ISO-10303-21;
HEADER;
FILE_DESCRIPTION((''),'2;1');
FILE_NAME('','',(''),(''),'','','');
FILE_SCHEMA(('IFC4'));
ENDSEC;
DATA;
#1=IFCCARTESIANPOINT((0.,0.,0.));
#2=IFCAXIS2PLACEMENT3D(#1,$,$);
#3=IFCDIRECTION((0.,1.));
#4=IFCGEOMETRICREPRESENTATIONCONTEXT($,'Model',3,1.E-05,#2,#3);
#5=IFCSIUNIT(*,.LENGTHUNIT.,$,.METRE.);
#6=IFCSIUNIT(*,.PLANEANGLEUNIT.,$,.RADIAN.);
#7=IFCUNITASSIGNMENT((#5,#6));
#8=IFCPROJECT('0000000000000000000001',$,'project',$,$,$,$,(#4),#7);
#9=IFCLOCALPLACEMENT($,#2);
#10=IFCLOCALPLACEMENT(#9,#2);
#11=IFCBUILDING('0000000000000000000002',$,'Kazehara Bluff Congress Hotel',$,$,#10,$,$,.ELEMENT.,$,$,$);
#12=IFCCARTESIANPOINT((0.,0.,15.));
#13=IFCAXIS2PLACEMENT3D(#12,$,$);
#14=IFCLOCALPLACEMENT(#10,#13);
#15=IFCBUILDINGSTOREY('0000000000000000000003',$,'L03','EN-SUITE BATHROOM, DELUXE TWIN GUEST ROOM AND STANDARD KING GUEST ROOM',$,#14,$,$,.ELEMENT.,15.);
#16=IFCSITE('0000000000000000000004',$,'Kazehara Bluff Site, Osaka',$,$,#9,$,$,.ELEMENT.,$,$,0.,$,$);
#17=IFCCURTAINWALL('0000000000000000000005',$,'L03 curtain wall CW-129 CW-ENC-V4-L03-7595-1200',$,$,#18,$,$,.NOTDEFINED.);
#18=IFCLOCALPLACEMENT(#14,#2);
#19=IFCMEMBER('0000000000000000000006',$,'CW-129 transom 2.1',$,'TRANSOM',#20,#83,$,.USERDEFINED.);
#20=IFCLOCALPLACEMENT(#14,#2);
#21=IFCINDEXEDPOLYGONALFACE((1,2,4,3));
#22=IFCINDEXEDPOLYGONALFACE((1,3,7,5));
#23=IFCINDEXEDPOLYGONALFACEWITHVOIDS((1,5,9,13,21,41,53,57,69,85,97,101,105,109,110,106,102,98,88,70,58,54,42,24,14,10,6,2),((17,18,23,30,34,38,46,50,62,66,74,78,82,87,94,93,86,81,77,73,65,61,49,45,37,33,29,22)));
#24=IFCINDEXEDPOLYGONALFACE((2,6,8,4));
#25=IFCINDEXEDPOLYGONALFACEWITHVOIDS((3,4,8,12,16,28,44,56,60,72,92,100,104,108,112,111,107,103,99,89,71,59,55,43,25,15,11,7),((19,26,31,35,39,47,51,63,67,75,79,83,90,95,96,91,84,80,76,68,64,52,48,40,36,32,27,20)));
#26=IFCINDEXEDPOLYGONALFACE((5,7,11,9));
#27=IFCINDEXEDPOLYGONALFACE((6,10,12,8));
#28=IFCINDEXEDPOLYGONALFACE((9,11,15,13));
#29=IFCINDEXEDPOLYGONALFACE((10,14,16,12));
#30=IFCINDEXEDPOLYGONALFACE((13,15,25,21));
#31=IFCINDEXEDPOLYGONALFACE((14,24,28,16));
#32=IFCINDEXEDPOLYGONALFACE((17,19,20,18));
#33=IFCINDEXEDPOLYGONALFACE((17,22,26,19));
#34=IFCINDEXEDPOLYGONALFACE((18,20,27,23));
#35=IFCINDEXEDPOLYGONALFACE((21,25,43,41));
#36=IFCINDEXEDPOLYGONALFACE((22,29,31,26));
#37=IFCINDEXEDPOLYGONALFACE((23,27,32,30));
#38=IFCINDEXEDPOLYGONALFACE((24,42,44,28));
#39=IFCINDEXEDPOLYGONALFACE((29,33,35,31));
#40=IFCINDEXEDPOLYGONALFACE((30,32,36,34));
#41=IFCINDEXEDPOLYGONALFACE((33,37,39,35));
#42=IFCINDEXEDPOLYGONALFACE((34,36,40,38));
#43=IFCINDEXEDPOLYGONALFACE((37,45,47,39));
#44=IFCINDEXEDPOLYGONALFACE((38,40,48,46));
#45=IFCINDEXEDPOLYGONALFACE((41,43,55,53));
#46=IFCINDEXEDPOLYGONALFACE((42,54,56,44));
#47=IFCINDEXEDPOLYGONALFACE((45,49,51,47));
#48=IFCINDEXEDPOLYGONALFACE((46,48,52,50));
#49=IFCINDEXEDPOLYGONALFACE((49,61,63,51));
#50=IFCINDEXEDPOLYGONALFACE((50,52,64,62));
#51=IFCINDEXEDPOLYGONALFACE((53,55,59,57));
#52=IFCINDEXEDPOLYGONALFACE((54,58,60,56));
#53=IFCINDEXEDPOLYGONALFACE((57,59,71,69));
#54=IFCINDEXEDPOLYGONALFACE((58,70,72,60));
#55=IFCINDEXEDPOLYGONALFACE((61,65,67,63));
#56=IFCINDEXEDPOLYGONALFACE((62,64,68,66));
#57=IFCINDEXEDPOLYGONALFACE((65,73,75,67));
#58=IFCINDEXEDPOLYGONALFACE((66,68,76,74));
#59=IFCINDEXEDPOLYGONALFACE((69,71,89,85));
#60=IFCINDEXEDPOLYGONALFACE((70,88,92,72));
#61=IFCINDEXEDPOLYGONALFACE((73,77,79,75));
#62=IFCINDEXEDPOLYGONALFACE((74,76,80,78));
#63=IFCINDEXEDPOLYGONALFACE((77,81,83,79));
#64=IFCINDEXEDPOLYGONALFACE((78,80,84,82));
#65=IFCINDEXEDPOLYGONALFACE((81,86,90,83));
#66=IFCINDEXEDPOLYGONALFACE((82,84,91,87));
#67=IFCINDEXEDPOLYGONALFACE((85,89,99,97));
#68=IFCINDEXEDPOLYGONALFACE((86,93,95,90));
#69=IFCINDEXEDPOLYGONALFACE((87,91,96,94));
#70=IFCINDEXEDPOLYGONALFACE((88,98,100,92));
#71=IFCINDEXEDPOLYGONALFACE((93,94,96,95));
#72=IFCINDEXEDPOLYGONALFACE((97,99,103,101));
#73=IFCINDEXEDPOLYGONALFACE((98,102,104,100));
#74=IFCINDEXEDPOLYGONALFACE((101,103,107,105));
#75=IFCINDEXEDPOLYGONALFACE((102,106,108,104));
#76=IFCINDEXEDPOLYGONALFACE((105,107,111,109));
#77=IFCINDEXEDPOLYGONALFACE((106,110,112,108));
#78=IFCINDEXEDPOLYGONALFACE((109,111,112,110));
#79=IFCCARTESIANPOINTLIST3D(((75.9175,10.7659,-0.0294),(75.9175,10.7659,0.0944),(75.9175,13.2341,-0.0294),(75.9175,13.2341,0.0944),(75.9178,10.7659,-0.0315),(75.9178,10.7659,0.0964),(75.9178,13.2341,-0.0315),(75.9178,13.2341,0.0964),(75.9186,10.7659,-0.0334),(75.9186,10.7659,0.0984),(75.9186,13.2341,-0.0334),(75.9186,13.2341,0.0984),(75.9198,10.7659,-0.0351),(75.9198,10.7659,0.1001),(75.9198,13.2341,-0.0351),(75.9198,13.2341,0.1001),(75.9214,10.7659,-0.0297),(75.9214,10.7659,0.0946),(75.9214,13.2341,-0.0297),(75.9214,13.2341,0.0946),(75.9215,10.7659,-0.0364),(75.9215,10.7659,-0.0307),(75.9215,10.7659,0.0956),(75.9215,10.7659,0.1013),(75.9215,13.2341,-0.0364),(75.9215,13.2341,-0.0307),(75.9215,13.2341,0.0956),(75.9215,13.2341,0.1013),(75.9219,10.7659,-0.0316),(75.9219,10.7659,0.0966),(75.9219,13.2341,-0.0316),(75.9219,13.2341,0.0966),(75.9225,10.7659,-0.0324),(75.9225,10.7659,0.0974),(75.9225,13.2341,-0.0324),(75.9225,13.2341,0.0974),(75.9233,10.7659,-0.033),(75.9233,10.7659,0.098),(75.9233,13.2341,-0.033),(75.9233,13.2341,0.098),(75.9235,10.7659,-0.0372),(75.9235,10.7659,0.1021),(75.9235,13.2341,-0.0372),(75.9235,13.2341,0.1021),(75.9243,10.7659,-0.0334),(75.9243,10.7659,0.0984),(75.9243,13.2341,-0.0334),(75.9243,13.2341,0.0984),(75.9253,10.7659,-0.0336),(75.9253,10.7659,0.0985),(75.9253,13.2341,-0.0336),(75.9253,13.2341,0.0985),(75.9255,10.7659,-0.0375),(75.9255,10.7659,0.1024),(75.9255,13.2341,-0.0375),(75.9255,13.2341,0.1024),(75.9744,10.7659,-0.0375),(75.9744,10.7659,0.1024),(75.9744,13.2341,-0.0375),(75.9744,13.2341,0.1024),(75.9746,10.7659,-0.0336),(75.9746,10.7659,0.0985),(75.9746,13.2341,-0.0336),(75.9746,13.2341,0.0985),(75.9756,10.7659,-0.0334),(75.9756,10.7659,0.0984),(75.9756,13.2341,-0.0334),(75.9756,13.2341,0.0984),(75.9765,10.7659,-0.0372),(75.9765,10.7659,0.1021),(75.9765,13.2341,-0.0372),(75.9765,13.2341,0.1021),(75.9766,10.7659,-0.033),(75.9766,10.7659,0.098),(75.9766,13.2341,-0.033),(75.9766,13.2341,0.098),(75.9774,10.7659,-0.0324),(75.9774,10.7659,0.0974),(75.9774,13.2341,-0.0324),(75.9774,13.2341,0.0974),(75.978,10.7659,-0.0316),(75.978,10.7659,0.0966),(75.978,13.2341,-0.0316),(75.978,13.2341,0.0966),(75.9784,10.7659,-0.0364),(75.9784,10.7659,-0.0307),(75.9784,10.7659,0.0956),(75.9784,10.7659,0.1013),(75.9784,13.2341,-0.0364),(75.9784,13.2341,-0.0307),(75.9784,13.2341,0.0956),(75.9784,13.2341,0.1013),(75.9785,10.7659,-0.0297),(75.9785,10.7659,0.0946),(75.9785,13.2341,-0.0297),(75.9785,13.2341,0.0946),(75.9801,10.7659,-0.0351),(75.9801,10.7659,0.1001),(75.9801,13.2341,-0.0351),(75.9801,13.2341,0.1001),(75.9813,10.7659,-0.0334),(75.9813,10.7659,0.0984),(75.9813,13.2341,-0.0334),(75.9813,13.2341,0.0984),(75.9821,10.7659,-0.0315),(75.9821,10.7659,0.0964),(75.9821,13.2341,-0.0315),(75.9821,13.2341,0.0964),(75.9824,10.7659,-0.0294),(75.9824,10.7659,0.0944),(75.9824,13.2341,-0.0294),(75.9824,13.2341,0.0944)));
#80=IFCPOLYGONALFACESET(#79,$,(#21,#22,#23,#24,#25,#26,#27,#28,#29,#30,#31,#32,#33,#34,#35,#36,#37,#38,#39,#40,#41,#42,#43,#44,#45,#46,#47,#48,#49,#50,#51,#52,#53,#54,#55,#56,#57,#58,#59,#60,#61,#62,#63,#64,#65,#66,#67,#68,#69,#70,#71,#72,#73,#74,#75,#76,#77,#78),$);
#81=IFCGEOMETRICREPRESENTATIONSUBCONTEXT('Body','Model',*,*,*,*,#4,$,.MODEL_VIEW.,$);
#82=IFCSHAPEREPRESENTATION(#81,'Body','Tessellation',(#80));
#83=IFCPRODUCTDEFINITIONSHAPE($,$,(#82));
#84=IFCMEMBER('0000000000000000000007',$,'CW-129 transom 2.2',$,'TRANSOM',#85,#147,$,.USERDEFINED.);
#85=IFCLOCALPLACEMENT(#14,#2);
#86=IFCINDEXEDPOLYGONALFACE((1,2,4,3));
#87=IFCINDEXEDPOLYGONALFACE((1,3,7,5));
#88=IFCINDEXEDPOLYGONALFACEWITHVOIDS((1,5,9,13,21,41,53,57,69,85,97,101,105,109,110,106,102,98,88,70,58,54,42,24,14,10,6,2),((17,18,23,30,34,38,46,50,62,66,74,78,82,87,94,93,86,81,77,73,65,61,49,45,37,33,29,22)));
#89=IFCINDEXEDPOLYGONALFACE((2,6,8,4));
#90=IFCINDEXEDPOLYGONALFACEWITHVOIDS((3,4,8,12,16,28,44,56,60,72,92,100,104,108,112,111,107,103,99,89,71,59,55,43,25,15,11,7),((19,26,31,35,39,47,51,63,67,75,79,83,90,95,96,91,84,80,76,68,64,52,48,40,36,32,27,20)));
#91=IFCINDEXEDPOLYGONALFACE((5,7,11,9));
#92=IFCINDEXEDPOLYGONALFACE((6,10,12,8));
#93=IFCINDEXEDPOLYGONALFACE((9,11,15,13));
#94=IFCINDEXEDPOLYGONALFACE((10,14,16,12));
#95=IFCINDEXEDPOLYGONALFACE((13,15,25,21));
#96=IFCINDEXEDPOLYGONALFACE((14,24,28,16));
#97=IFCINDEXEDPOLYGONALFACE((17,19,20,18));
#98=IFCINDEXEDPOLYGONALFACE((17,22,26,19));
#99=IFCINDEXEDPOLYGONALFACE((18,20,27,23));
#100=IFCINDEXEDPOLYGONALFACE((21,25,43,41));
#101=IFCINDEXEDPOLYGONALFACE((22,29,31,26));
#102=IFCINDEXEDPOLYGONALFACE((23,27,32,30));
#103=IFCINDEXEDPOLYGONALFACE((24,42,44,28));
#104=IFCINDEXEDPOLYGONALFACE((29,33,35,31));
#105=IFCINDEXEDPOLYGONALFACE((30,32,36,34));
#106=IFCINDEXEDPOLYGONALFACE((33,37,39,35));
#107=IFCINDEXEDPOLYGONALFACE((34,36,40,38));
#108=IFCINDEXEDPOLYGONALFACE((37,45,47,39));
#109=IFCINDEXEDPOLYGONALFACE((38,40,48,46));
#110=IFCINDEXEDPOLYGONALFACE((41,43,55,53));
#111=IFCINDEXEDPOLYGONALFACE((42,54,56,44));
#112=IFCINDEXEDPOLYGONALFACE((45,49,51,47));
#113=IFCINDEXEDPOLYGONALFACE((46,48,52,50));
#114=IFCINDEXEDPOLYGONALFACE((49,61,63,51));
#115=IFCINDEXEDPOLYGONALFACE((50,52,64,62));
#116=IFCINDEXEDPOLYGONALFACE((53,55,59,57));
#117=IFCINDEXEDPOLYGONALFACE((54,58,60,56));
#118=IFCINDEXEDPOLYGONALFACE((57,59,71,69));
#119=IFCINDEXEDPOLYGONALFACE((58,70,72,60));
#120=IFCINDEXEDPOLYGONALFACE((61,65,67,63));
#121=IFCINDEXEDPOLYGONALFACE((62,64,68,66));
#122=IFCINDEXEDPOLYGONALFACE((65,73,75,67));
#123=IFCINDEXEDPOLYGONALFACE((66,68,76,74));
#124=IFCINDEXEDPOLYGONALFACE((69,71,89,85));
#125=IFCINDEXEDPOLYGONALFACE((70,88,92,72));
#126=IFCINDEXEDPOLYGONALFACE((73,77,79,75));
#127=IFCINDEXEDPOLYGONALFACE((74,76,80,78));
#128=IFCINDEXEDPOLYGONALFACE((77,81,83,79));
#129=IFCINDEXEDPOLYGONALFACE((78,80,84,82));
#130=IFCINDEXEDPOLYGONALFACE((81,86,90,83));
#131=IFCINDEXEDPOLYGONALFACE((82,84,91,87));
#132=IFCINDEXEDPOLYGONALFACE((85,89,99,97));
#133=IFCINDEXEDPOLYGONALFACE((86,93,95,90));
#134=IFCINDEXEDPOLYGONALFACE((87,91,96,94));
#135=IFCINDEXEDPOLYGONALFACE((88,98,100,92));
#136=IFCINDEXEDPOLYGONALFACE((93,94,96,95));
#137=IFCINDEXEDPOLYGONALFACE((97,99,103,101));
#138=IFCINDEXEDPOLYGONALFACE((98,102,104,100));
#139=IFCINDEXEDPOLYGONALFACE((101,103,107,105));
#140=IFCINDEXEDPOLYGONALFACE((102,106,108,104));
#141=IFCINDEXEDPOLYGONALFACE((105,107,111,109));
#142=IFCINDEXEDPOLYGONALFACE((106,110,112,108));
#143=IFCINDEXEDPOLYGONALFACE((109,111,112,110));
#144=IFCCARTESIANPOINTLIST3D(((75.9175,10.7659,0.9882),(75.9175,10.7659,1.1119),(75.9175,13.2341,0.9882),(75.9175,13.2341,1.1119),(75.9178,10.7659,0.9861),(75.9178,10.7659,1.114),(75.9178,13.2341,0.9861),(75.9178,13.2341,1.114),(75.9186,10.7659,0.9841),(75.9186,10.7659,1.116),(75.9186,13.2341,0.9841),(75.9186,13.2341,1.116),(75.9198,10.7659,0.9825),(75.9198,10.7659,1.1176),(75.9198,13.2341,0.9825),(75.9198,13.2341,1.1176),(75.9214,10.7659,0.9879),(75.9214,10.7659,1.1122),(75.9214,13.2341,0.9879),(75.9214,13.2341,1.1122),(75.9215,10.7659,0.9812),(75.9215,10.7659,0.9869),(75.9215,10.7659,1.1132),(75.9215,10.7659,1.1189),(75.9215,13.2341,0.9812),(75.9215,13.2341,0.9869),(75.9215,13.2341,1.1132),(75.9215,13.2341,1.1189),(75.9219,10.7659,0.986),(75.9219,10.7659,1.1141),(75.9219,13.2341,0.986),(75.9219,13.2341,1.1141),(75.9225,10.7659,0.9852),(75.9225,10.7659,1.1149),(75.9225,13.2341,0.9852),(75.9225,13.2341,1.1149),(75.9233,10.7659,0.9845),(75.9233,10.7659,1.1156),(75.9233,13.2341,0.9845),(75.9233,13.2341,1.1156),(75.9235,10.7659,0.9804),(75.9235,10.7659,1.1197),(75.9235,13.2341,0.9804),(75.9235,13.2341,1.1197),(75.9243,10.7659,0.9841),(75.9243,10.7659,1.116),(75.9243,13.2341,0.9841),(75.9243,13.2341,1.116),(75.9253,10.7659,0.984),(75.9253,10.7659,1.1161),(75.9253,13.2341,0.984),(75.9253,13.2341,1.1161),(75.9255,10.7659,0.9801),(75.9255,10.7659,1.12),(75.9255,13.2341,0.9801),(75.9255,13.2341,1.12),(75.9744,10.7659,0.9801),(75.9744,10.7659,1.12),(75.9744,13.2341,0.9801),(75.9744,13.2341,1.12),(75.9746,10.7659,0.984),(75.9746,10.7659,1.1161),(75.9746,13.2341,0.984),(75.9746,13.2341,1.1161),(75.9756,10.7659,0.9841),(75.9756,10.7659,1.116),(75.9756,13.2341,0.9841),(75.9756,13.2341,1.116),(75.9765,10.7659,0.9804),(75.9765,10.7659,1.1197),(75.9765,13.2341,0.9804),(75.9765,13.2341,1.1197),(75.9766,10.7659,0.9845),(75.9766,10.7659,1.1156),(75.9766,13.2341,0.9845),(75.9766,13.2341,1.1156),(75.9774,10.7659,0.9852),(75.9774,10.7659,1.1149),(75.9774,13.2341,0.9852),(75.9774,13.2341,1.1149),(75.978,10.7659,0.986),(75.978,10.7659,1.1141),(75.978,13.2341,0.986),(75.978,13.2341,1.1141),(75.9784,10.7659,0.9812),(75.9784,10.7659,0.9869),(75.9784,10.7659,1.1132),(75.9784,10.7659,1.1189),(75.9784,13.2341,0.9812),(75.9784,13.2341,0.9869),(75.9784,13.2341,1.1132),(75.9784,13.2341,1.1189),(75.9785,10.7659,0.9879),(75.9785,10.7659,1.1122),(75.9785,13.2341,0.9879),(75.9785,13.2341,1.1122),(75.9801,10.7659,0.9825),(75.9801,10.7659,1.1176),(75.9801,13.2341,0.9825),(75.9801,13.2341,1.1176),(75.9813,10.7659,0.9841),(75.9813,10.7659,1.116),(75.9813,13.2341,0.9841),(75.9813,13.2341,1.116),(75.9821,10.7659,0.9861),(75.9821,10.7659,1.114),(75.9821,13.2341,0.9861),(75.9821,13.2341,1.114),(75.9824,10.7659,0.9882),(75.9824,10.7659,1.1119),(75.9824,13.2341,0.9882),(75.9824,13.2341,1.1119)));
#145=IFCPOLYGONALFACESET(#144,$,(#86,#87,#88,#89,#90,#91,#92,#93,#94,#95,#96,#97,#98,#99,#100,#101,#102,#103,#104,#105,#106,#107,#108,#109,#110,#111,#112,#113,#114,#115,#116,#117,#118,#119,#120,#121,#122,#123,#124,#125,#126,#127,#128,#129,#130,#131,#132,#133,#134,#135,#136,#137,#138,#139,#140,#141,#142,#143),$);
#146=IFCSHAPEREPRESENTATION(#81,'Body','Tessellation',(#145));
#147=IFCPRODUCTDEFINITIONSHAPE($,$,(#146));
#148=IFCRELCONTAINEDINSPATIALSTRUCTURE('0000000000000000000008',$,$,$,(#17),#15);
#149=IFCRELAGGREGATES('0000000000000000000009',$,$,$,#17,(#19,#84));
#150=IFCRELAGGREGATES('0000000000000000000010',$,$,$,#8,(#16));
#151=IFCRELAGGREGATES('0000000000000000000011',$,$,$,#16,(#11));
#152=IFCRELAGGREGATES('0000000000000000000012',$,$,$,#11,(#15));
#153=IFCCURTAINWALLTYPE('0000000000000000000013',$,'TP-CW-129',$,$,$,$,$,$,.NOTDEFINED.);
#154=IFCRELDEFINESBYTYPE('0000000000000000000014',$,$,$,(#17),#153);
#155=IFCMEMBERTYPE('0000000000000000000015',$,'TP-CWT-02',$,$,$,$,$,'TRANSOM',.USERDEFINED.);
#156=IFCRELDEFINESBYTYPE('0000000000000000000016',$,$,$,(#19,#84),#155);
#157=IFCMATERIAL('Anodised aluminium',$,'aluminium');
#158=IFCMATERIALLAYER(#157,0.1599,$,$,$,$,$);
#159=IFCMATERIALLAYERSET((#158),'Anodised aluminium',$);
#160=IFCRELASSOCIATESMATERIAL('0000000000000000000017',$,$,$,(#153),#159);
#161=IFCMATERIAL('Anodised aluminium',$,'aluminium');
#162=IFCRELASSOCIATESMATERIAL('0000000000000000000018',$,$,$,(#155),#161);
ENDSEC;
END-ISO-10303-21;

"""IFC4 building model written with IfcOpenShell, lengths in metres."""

from ifc_helpers import new_model, si_unit, direction, frame, origin, origin_2d, place, context, subcontext, project, spatial, hollow_rectangle, extrude, material, layer, layer_set, material_profile, profile_set, type_object, element, aggregate, save


model = new_model("IFC4")

# Units and contexts
model_context = context("Model", 3, precision=1e-05, world=origin(), true_north=direction((0.0, 1.0)))
body_context = subcontext(model_context, "Body", "Model", "MODEL_VIEW")
ifc_project = project(units=[si_unit("LENGTHUNIT", "METRE"), si_unit("PLANEANGLEUNIT", "RADIAN")], contexts=[model_context])

# Site, building, storey
site_placement = place(None, origin())
site = spatial("IfcSite", under=ifc_project, at=site_placement, Name="Kazehara Bluff Site, Osaka", CompositionType="ELEMENT", RefElevation=0.0)
building_placement = place(site_placement, origin())
building = spatial("IfcBuilding", under=site, at=building_placement, Name="Kazehara Bluff Congress Hotel", CompositionType="ELEMENT")
storey_placement = place(building_placement, frame((0.0, 0.0, 15.0)))
storey = spatial("IfcBuildingStorey", under=building, at=storey_placement, Name="L03", Description="EN-SUITE BATHROOM, DELUXE TWIN GUEST ROOM AND STANDARD KING GUEST ROOM", CompositionType="ELEMENT", Elevation=15.0)

# Curtain wall, members
ifc_material_1 = material(Name="Anodised aluminium", Category="aluminium")
ifc_layer_1 = layer(ifc_material_1, 0.1599)
ifc_layer_set_1 = layer_set([ifc_layer_1], Name="Anodised aluminium")
curtain_wall_type = type_object("IfcCurtainWallType", Name="TP-CW-129", PredefinedType="NOTDEFINED", material=ifc_layer_set_1)
curtain_wall_placement = place(storey_placement, origin())
curtain_wall = element("IfcCurtainWall", 1, at=curtain_wall_placement, inside=storey, type_object=curtain_wall_type, Name="L03 curtain wall CW-129 CW-ENC-V4-L03-7595-1200", PredefinedType="NOTDEFINED")
ifc_material_2 = material(Name="Anodised aluminium", Category="aluminium")
ifc_material_profile_1 = material_profile(ifc_material_2, hollow_rectangle(XDim=0.0649, YDim=0.1399, WallThickness=0.0039, InnerFilletRadius=0.0039, OuterFilletRadius=0.0081, at=origin_2d()))
ifc_profile_set_1 = profile_set([ifc_material_profile_1], Name="Anodised aluminium")
member_type_1 = type_object("IfcMemberType", Name="TP-CWT-02", ElementType="TRANSOM", PredefinedType="USERDEFINED", material=ifc_profile_set_1)
member_1_placement = place(storey_placement, frame((75.95, 13.2341, 0.0325), z_axis=(0.0, -1.0, 0.0), x_axis=(1.0, 0.0, 0.0)))
member_1 = element("IfcMember", 2, at=member_1_placement, type_object=member_type_1, Name="CW-129 transom 2.1", ObjectType="TRANSOM", PredefinedType="USERDEFINED", context=body_context, shape_type="SweptSolid", body=[
    extrude(hollow_rectangle(XDim=0.0649, YDim=0.1399, WallThickness=0.0039, InnerFilletRadius=0.0039, OuterFilletRadius=0.0081, at=origin_2d()), origin(), (0.0, 0.0, 1.0), 2.4683),
])
member_2_placement = place(storey_placement, frame((75.95, 13.2341, 1.05), z_axis=(0.0, -1.0, 0.0), x_axis=(1.0, 0.0, 0.0)))
member_2 = element("IfcMember", 3, at=member_2_placement, type_object=member_type_1, Name="CW-129 transom 2.2", ObjectType="TRANSOM", PredefinedType="USERDEFINED", context=body_context, shape_type="SweptSolid", body=[
    extrude(hollow_rectangle(XDim=0.0649, YDim=0.1399, WallThickness=0.0039, InnerFilletRadius=0.0039, OuterFilletRadius=0.0081, at=origin_2d()), origin(), (0.0, 0.0, 1.0), 2.4683),
])

aggregate(curtain_wall, [member_1, member_2])

save(model, "model.ifc")
